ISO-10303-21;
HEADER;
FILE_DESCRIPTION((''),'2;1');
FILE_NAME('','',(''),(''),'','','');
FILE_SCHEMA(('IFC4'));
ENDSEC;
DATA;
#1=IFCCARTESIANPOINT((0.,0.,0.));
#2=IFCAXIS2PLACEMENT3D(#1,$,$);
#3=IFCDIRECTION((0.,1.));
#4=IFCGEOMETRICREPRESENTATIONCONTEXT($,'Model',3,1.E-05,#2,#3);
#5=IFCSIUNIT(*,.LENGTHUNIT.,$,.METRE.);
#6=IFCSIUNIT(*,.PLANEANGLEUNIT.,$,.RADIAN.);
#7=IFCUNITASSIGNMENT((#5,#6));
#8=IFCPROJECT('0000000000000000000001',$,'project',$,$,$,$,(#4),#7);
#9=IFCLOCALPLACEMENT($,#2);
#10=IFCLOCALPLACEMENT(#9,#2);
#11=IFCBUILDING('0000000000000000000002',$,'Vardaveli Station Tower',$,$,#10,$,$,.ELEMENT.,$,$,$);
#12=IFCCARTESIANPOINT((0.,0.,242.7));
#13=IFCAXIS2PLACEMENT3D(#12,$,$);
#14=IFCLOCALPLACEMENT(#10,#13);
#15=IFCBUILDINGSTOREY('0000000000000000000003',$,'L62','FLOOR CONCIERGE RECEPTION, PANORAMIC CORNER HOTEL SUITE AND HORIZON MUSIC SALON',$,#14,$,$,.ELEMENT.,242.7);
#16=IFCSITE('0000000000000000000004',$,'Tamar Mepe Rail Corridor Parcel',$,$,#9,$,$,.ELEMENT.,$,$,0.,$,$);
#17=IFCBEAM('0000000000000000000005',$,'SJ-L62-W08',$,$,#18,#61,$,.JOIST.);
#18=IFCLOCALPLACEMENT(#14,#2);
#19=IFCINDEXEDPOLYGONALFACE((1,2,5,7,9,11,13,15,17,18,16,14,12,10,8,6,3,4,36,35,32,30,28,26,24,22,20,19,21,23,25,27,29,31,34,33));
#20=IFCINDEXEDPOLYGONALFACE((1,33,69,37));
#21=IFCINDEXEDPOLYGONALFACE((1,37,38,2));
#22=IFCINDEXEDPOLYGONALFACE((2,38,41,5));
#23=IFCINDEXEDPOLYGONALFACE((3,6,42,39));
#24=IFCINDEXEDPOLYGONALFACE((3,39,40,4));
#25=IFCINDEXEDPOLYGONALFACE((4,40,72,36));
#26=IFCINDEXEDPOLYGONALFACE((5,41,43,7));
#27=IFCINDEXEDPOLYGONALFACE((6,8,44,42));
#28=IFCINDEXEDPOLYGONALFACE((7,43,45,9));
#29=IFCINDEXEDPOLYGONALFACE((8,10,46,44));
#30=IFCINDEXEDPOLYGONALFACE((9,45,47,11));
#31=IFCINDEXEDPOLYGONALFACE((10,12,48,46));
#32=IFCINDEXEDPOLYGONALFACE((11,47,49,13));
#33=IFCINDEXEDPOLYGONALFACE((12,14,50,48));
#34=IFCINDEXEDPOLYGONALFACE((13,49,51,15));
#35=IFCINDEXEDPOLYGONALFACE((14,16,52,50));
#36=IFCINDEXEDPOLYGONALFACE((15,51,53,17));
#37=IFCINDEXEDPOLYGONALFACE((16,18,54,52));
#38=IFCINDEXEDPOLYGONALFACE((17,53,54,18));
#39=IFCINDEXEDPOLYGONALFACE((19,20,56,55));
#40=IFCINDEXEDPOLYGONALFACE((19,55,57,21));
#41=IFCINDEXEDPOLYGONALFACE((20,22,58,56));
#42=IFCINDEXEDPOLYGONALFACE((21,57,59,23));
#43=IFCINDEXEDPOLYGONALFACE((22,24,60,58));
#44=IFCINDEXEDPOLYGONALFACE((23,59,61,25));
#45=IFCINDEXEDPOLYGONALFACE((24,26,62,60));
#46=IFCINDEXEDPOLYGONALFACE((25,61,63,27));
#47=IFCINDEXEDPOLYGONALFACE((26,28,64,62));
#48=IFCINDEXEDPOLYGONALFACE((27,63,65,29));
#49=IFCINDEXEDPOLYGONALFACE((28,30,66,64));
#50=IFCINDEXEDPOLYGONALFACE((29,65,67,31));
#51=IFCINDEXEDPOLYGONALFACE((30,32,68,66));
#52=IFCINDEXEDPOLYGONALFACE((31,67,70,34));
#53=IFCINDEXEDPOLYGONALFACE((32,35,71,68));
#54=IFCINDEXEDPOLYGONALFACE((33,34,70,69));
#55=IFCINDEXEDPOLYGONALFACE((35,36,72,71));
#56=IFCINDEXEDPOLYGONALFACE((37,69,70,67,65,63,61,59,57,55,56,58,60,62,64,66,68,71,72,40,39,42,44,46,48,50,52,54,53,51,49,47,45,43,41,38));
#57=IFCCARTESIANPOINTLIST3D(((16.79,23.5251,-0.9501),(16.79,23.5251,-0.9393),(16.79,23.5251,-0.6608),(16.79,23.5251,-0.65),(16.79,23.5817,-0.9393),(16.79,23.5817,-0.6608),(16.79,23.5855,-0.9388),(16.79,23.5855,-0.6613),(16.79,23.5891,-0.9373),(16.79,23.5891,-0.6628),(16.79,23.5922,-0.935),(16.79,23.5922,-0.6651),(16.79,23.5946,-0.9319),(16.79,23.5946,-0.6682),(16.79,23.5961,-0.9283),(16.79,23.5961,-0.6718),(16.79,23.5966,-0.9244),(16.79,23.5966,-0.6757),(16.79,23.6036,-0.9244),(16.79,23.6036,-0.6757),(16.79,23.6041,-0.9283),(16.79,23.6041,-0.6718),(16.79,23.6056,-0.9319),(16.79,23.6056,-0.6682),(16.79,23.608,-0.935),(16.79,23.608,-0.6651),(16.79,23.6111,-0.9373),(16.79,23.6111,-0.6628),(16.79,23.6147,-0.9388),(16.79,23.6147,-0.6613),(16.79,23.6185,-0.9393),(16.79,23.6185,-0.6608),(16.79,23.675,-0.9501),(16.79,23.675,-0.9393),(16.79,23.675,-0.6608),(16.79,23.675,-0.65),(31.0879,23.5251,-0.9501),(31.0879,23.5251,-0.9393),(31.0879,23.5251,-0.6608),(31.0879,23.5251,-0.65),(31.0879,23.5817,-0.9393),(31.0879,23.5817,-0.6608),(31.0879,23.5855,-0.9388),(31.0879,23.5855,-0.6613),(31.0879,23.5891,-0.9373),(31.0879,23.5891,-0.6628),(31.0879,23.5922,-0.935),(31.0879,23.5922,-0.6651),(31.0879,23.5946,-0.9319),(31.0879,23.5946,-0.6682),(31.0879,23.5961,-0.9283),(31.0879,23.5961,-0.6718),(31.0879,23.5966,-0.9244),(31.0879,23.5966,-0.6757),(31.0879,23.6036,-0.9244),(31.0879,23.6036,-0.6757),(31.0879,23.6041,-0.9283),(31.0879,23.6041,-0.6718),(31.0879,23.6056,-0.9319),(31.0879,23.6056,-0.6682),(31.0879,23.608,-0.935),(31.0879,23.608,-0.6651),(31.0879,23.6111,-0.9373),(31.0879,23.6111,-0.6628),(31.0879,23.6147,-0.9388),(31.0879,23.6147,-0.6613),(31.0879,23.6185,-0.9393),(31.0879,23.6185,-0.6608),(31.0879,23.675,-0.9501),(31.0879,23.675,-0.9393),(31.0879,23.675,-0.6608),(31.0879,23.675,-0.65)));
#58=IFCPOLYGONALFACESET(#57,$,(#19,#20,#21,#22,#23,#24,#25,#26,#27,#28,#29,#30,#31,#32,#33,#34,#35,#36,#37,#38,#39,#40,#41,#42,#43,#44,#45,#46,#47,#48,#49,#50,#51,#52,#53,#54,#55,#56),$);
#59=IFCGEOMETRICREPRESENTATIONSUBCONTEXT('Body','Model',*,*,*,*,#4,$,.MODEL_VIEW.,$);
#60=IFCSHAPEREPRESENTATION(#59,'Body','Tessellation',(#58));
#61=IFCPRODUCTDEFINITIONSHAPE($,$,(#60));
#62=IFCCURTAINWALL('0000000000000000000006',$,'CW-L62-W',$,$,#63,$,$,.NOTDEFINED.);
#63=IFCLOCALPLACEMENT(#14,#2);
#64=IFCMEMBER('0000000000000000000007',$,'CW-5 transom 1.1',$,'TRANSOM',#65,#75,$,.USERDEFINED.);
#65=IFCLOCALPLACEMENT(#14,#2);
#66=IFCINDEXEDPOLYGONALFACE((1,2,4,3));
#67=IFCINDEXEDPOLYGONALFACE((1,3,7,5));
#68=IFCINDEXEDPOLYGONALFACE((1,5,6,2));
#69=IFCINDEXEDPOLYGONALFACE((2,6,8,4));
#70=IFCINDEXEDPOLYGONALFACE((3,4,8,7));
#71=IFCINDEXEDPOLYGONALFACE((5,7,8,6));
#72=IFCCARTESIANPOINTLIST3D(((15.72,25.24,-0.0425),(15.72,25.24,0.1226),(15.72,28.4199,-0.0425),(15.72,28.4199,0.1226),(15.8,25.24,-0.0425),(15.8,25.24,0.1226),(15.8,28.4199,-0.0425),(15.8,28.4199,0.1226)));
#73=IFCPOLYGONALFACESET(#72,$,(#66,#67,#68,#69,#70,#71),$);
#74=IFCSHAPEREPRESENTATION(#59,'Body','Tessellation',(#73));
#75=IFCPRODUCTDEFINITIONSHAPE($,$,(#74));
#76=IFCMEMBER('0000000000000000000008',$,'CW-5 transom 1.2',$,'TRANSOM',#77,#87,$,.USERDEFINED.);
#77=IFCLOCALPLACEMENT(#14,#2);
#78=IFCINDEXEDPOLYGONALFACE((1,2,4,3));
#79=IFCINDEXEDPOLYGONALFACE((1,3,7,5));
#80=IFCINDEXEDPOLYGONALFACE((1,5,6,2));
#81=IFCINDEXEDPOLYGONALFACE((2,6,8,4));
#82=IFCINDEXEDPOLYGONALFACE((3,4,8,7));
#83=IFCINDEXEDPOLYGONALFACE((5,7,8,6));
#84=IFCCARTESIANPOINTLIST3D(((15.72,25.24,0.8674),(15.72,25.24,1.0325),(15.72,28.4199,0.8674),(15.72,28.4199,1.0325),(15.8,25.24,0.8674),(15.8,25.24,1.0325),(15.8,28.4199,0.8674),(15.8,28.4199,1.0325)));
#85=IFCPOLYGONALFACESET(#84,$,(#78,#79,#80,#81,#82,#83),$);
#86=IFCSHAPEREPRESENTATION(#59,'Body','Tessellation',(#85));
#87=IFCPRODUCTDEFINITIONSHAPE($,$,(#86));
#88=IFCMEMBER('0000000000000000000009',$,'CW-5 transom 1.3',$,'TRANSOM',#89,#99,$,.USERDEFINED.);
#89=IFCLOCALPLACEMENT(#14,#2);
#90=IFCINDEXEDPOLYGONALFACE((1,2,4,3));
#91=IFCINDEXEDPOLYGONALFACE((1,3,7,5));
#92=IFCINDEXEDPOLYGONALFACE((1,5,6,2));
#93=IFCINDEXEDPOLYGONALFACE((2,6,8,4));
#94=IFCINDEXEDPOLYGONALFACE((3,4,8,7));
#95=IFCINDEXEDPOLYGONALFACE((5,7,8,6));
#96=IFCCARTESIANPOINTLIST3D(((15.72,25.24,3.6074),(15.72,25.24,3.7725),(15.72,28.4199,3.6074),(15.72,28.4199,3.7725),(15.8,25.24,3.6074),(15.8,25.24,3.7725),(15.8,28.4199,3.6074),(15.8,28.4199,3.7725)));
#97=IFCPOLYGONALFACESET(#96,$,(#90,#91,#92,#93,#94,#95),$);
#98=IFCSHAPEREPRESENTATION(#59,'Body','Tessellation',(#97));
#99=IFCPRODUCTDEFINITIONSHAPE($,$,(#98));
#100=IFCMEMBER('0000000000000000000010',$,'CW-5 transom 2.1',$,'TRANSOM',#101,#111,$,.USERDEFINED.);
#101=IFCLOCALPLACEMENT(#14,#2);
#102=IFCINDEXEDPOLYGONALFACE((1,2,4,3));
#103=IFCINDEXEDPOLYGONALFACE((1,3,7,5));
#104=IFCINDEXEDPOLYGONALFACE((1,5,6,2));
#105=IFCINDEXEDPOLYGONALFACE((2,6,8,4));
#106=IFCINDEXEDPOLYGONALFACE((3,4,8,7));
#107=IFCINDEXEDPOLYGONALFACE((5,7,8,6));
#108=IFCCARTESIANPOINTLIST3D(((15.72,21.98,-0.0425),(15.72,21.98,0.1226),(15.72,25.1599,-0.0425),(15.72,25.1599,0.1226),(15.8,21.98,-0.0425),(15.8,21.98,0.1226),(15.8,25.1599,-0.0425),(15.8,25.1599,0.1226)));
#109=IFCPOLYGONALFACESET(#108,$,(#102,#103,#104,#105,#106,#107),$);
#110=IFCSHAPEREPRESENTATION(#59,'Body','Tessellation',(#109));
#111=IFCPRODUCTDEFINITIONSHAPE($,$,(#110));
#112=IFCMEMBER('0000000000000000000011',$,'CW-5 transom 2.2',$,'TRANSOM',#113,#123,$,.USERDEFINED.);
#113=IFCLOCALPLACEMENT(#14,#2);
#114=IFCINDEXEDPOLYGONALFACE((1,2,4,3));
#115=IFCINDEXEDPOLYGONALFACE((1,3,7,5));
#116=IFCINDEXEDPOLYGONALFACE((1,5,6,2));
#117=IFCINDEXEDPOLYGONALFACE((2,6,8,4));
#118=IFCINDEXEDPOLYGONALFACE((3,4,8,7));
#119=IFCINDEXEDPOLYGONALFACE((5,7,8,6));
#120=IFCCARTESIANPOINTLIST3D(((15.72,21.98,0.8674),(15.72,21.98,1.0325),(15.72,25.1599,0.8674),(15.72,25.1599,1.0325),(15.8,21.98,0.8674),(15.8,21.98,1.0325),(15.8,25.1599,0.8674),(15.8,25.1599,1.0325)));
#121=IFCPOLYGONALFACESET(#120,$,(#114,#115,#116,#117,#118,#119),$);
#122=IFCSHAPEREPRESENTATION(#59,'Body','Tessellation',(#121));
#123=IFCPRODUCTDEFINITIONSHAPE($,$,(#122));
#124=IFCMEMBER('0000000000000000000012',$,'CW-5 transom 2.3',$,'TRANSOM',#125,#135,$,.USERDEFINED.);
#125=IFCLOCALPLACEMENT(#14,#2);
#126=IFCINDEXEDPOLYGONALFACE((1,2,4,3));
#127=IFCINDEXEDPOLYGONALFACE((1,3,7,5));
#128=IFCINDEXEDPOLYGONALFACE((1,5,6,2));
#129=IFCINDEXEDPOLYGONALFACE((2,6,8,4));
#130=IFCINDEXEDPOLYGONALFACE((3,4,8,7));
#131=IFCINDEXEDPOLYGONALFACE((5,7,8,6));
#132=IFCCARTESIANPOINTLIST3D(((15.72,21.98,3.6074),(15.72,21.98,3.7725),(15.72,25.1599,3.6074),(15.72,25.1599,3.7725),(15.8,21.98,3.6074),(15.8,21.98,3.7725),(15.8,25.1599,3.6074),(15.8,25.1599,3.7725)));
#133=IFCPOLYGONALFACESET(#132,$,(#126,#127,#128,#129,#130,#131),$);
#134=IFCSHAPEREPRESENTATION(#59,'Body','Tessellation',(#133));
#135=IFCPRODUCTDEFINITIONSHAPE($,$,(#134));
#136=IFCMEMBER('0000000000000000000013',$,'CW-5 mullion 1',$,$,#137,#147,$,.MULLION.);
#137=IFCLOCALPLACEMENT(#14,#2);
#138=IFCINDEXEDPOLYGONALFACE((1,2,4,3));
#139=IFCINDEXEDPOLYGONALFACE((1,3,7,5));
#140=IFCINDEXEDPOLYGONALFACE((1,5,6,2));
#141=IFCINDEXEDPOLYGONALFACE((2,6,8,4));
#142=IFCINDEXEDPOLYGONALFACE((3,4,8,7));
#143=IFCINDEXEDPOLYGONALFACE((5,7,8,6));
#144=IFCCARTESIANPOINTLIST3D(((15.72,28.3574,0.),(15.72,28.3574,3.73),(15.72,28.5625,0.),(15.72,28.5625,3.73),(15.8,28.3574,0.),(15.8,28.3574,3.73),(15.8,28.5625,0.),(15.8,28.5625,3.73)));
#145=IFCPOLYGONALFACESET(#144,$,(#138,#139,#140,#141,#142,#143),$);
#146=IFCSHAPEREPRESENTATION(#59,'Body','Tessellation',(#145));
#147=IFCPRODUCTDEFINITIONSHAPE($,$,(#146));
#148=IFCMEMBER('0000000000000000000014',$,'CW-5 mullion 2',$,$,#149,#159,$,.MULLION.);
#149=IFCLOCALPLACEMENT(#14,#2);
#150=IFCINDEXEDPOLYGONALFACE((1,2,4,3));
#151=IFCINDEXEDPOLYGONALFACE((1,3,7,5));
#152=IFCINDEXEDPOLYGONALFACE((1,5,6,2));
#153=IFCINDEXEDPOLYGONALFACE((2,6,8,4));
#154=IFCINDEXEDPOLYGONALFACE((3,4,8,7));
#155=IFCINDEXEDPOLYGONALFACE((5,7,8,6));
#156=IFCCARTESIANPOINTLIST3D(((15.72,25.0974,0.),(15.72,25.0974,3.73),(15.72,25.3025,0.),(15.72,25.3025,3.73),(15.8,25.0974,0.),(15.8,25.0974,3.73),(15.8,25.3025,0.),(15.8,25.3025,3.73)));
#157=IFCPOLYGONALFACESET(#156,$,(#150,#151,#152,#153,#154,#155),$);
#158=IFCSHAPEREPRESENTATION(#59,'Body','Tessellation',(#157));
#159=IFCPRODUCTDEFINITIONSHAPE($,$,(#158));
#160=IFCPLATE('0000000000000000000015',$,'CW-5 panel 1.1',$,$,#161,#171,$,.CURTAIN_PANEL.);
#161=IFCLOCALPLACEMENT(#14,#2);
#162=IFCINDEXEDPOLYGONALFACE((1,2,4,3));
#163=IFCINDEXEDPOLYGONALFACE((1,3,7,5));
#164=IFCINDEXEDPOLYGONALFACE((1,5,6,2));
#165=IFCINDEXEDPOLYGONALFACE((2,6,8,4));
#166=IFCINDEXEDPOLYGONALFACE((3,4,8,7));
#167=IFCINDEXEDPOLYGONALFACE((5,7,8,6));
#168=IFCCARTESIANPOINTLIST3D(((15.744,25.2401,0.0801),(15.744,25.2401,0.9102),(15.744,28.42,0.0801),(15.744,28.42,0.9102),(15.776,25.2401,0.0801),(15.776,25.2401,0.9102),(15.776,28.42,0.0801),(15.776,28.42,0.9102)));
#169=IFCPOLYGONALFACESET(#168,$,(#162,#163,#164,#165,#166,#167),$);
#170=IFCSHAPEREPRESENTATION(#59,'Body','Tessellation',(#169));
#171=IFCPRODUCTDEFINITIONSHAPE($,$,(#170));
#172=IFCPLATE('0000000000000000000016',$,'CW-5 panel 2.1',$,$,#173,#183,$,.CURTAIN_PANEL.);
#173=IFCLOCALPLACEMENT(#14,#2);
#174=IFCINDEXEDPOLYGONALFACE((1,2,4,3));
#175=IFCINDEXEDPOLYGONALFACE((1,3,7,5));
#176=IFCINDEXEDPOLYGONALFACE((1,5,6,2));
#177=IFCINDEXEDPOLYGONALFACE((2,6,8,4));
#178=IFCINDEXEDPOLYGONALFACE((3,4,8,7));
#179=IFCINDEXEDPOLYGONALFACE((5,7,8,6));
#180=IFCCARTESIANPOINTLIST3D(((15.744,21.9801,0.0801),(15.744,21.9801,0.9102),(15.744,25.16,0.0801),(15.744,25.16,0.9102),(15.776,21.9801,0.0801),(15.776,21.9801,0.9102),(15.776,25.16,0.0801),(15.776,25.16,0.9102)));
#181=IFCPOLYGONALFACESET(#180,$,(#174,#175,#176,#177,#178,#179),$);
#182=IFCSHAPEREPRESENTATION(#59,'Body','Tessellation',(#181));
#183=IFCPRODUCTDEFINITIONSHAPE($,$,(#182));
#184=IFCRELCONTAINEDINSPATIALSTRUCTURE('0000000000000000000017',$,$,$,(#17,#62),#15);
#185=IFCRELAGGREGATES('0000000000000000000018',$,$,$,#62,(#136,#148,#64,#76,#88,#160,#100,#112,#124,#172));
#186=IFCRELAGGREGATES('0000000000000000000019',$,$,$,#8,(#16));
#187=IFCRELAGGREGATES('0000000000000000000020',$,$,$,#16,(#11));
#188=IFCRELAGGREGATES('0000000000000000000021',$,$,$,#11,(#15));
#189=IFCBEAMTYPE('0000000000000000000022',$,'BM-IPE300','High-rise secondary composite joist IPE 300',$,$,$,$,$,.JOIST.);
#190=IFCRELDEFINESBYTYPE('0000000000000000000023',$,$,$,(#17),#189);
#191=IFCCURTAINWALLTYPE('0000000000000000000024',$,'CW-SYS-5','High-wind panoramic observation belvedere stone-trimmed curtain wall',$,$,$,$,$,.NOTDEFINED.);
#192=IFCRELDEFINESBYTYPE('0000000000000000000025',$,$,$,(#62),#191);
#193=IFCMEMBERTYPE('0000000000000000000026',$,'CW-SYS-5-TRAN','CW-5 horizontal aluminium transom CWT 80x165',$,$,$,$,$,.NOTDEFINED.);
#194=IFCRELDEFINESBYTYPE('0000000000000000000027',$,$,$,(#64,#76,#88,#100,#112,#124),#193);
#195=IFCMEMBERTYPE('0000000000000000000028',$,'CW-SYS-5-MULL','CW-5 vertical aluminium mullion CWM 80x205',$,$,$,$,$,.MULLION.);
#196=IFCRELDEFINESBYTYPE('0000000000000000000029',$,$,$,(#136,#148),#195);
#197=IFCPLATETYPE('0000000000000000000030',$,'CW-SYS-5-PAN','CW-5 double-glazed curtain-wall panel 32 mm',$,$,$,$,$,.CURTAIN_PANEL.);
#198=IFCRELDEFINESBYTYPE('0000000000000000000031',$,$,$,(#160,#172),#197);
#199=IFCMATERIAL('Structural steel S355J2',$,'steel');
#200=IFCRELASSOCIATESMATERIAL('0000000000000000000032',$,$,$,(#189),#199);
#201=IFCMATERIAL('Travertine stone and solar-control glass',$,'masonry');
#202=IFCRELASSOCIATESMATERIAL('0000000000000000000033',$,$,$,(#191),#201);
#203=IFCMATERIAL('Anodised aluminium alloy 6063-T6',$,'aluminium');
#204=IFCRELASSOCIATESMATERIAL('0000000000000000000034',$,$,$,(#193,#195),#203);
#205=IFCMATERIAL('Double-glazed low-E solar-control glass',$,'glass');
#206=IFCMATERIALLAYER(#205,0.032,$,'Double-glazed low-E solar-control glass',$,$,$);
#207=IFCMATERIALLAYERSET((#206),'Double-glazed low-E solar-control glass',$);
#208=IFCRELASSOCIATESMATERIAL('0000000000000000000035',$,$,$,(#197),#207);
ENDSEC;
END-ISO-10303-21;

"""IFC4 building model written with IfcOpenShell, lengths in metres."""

from ifc_helpers import new_model, si_unit, direction, frame, origin, origin_2d, place, context, subcontext, project, spatial, rectangle, i_section, extrude, source, transform, mapped, material, layer, layer_set, material_profile, profile_set, type_object, element, aggregate, save


model = new_model("IFC4")

# Units and contexts
model_context = context("Model", 3, precision=1e-05, world=origin(), true_north=direction((0.0, 1.0)))
body_context = subcontext(model_context, "Body", "Model", "MODEL_VIEW")
ifc_project = project(units=[si_unit("LENGTHUNIT", "METRE"), si_unit("PLANEANGLEUNIT", "RADIAN")], contexts=[model_context])

# Site, building, storey
site_placement = place(None, origin())
site = spatial("IfcSite", under=ifc_project, at=site_placement, Name="Tamar Mepe Rail Corridor Parcel", CompositionType="ELEMENT", RefElevation=0.0)
building_placement = place(site_placement, origin())
building = spatial("IfcBuilding", under=site, at=building_placement, Name="Vardaveli Station Tower", CompositionType="ELEMENT")
storey_placement = place(building_placement, frame((0.0, 0.0, 242.7)))
storey = spatial("IfcBuildingStorey", under=building, at=storey_placement, Name="L62", Description="FLOOR CONCIERGE RECEPTION, PANORAMIC CORNER HOTEL SUITE AND HORIZON MUSIC SALON", CompositionType="ELEMENT", Elevation=242.7)

# Beam
ifc_material_1 = material(Name="Structural steel S355J2", Category="steel")
ifc_material_profile_1 = material_profile(ifc_material_1, i_section(OverallWidth=0.1499, OverallDepth=0.3, WebThickness=0.0071, FlangeThickness=0.0107, FilletRadius=0.0149, at=origin_2d()), Name="IPE 300")
ifc_profile_set_1 = profile_set([ifc_material_profile_1], Name="Structural steel S355J2")
beam_type_1 = type_object("IfcBeamType", Name="BM-IPE300", Description="High-rise secondary composite joist IPE 300", PredefinedType="JOIST", material=ifc_profile_set_1)
shared_shape_1 = source(origin(), body_context, "Body", "SweptSolid", [
    extrude(i_section(OverallWidth=0.1499, OverallDepth=0.3, WebThickness=0.0071, FlangeThickness=0.0107, FilletRadius=0.0149, at=origin_2d()), origin(), (0.0, 0.0, 1.0), 14.2979),
])
beam_1_placement = place(storey_placement, frame((16.79, 23.6001, -0.8), z_axis=(1.0, 0.0, 0.0), x_axis=(0.0, 1.0, 0.0)))
element("IfcBeam", 1, at=beam_1_placement, inside=storey, type_object=beam_type_1, Name="SJ-L62-W08", PredefinedType="JOIST", context=body_context, shape_type="MappedRepresentation", body=[
    mapped(shared_shape_1, transform((0.0, 0.0, 0.0), scale=1.0)),
])

# Curtain wall, members, plates
ifc_material_2 = material(Name="Travertine stone and solar-control glass", Category="masonry")
curtain_wall_type = type_object("IfcCurtainWallType", Name="CW-SYS-5", Description="High-wind panoramic observation belvedere stone-trimmed curtain wall", PredefinedType="NOTDEFINED", material=ifc_material_2)
curtain_wall_placement = place(storey_placement, origin())
curtain_wall = element("IfcCurtainWall", 2, at=curtain_wall_placement, inside=storey, type_object=curtain_wall_type, Name="CW-L62-W", PredefinedType="NOTDEFINED")
ifc_material_3 = material(Name="Anodised aluminium alloy 6063-T6", Category="aluminium")
ifc_material_profile_2 = material_profile(ifc_material_3, rectangle(XDim=0.0801, YDim=0.165, at=origin_2d()), Name="CWT 80x165")
ifc_profile_set_2 = profile_set([ifc_material_profile_2], Name="Anodised aluminium alloy 6063-T6")
member_type_1 = type_object("IfcMemberType", Name="CW-SYS-5-TRAN", Description="CW-5 horizontal aluminium transom CWT 80x165", PredefinedType="NOTDEFINED", material=ifc_profile_set_2)
shared_shape_2 = source(origin(), body_context, "Body", "SweptSolid", [
    extrude(rectangle(XDim=0.0801, YDim=0.165, at=origin_2d()), origin(), (0.0, 0.0, 1.0), 3.1799),
])
member_1_placement = place(storey_placement, frame((15.76, 28.4199, 0.04), z_axis=(0.0, -1.0, 0.0), x_axis=(1.0, 0.0, 0.0)))
member_1 = element("IfcMember", 3, at=member_1_placement, type_object=member_type_1, Name="CW-5 transom 1.1", ObjectType="TRANSOM", PredefinedType="USERDEFINED", context=body_context, shape_type="MappedRepresentation", body=[
    mapped(shared_shape_2, transform((0.0, 0.0, 0.0), scale=1.0)),
])
member_2_placement = place(storey_placement, frame((15.76, 28.4199, 0.95), z_axis=(0.0, -1.0, 0.0), x_axis=(1.0, 0.0, 0.0)))
member_2 = element("IfcMember", 4, at=member_2_placement, type_object=member_type_1, Name="CW-5 transom 1.2", ObjectType="TRANSOM", PredefinedType="USERDEFINED", context=body_context, shape_type="MappedRepresentation", body=[
    mapped(shared_shape_2, transform((0.0, 0.0, 0.0), scale=1.0)),
])
member_3_placement = place(storey_placement, frame((15.76, 28.4199, 3.6899), z_axis=(0.0, -1.0, 0.0), x_axis=(1.0, 0.0, 0.0)))
member_3 = element("IfcMember", 5, at=member_3_placement, type_object=member_type_1, Name="CW-5 transom 1.3", ObjectType="TRANSOM", PredefinedType="USERDEFINED", context=body_context, shape_type="MappedRepresentation", body=[
    mapped(shared_shape_2, transform((0.0, 0.0, 0.0), scale=1.0)),
])
member_4_placement = place(storey_placement, frame((15.76, 25.1599, 0.04), z_axis=(0.0, -1.0, 0.0), x_axis=(1.0, 0.0, 0.0)))
member_4 = element("IfcMember", 6, at=member_4_placement, type_object=member_type_1, Name="CW-5 transom 2.1", ObjectType="TRANSOM", PredefinedType="USERDEFINED", context=body_context, shape_type="MappedRepresentation", body=[
    mapped(shared_shape_2, transform((0.0, 0.0, 0.0), scale=1.0)),
])
member_5_placement = place(storey_placement, frame((15.76, 25.1599, 0.95), z_axis=(0.0, -1.0, 0.0), x_axis=(1.0, 0.0, 0.0)))
member_5 = element("IfcMember", 7, at=member_5_placement, type_object=member_type_1, Name="CW-5 transom 2.2", ObjectType="TRANSOM", PredefinedType="USERDEFINED", context=body_context, shape_type="MappedRepresentation", body=[
    mapped(shared_shape_2, transform((0.0, 0.0, 0.0), scale=1.0)),
])
member_6_placement = place(storey_placement, frame((15.76, 25.1599, 3.6899), z_axis=(0.0, -1.0, 0.0), x_axis=(1.0, 0.0, 0.0)))
member_6 = element("IfcMember", 8, at=member_6_placement, type_object=member_type_1, Name="CW-5 transom 2.3", ObjectType="TRANSOM", PredefinedType="USERDEFINED", context=body_context, shape_type="MappedRepresentation", body=[
    mapped(shared_shape_2, transform((0.0, 0.0, 0.0), scale=1.0)),
])
ifc_material_profile_3 = material_profile(ifc_material_3, rectangle(XDim=0.0801, YDim=0.2051, at=origin_2d()), Name="CWM 80x205")
ifc_profile_set_3 = profile_set([ifc_material_profile_3], Name="Anodised aluminium alloy 6063-T6")
member_type_2 = type_object("IfcMemberType", Name="CW-SYS-5-MULL", Description="CW-5 vertical aluminium mullion CWM 80x205", PredefinedType="MULLION", material=ifc_profile_set_3)
shared_shape_3 = source(origin(), body_context, "Body", "SweptSolid", [
    extrude(rectangle(XDim=0.0801, YDim=0.2051, at=origin_2d()), origin(), (0.0, 0.0, 1.0), 3.73),
])
member_7_placement = place(storey_placement, frame((15.76, 28.46, 0.0), z_axis=(0.0, 0.0, 1.0), x_axis=(1.0, 0.0, 0.0)))
member_7 = element("IfcMember", 9, at=member_7_placement, type_object=member_type_2, Name="CW-5 mullion 1", PredefinedType="MULLION", context=body_context, shape_type="MappedRepresentation", body=[
    mapped(shared_shape_3, transform((0.0, 0.0, 0.0), scale=1.0)),
])
member_8_placement = place(storey_placement, frame((15.76, 25.2, 0.0), z_axis=(0.0, 0.0, 1.0), x_axis=(1.0, 0.0, 0.0)))
member_8 = element("IfcMember", 10, at=member_8_placement, type_object=member_type_2, Name="CW-5 mullion 2", PredefinedType="MULLION", context=body_context, shape_type="MappedRepresentation", body=[
    mapped(shared_shape_3, transform((0.0, 0.0, 0.0), scale=1.0)),
])
ifc_material_4 = material(Name="Double-glazed low-E solar-control glass", Category="glass")
ifc_layer_1 = layer(ifc_material_4, 0.032, Name="Double-glazed low-E solar-control glass")
ifc_layer_set_1 = layer_set([ifc_layer_1], Name="Double-glazed low-E solar-control glass")
plate_type = type_object("IfcPlateType", Name="CW-SYS-5-PAN", Description="CW-5 double-glazed curtain-wall panel 32 mm", PredefinedType="CURTAIN_PANEL", material=ifc_layer_set_1)
shared_shape_4 = source(origin(), body_context, "Body", "SweptSolid", [
    extrude(rectangle(XDim=3.1799, YDim=0.032, at=origin_2d()), origin(), (0.0, 0.0, 1.0), 0.8301),
])
plate_1_placement = place(storey_placement, frame((15.76, 26.8301, 0.0801), z_axis=(0.0, 0.0, 1.0), x_axis=(0.0, -1.0, 0.0)))
plate_1 = element("IfcPlate", 11, at=plate_1_placement, type_object=plate_type, Name="CW-5 panel 1.1", PredefinedType="CURTAIN_PANEL", context=body_context, shape_type="MappedRepresentation", body=[
    mapped(shared_shape_4, transform((0.0, 0.0, 0.0), scale=1.0)),
])
plate_2_placement = place(storey_placement, frame((15.76, 23.5701, 0.0801), z_axis=(0.0, 0.0, 1.0), x_axis=(0.0, -1.0, 0.0)))
plate_2 = element("IfcPlate", 12, at=plate_2_placement, type_object=plate_type, Name="CW-5 panel 2.1", PredefinedType="CURTAIN_PANEL", context=body_context, shape_type="MappedRepresentation", body=[
    mapped(shared_shape_4, transform((0.0, 0.0, 0.0), scale=1.0)),
])
aggregate(curtain_wall, [member_7, member_8, member_1, member_2, member_3, plate_1, member_4, member_5, member_6, plate_2])

save(model, "model.ifc")
